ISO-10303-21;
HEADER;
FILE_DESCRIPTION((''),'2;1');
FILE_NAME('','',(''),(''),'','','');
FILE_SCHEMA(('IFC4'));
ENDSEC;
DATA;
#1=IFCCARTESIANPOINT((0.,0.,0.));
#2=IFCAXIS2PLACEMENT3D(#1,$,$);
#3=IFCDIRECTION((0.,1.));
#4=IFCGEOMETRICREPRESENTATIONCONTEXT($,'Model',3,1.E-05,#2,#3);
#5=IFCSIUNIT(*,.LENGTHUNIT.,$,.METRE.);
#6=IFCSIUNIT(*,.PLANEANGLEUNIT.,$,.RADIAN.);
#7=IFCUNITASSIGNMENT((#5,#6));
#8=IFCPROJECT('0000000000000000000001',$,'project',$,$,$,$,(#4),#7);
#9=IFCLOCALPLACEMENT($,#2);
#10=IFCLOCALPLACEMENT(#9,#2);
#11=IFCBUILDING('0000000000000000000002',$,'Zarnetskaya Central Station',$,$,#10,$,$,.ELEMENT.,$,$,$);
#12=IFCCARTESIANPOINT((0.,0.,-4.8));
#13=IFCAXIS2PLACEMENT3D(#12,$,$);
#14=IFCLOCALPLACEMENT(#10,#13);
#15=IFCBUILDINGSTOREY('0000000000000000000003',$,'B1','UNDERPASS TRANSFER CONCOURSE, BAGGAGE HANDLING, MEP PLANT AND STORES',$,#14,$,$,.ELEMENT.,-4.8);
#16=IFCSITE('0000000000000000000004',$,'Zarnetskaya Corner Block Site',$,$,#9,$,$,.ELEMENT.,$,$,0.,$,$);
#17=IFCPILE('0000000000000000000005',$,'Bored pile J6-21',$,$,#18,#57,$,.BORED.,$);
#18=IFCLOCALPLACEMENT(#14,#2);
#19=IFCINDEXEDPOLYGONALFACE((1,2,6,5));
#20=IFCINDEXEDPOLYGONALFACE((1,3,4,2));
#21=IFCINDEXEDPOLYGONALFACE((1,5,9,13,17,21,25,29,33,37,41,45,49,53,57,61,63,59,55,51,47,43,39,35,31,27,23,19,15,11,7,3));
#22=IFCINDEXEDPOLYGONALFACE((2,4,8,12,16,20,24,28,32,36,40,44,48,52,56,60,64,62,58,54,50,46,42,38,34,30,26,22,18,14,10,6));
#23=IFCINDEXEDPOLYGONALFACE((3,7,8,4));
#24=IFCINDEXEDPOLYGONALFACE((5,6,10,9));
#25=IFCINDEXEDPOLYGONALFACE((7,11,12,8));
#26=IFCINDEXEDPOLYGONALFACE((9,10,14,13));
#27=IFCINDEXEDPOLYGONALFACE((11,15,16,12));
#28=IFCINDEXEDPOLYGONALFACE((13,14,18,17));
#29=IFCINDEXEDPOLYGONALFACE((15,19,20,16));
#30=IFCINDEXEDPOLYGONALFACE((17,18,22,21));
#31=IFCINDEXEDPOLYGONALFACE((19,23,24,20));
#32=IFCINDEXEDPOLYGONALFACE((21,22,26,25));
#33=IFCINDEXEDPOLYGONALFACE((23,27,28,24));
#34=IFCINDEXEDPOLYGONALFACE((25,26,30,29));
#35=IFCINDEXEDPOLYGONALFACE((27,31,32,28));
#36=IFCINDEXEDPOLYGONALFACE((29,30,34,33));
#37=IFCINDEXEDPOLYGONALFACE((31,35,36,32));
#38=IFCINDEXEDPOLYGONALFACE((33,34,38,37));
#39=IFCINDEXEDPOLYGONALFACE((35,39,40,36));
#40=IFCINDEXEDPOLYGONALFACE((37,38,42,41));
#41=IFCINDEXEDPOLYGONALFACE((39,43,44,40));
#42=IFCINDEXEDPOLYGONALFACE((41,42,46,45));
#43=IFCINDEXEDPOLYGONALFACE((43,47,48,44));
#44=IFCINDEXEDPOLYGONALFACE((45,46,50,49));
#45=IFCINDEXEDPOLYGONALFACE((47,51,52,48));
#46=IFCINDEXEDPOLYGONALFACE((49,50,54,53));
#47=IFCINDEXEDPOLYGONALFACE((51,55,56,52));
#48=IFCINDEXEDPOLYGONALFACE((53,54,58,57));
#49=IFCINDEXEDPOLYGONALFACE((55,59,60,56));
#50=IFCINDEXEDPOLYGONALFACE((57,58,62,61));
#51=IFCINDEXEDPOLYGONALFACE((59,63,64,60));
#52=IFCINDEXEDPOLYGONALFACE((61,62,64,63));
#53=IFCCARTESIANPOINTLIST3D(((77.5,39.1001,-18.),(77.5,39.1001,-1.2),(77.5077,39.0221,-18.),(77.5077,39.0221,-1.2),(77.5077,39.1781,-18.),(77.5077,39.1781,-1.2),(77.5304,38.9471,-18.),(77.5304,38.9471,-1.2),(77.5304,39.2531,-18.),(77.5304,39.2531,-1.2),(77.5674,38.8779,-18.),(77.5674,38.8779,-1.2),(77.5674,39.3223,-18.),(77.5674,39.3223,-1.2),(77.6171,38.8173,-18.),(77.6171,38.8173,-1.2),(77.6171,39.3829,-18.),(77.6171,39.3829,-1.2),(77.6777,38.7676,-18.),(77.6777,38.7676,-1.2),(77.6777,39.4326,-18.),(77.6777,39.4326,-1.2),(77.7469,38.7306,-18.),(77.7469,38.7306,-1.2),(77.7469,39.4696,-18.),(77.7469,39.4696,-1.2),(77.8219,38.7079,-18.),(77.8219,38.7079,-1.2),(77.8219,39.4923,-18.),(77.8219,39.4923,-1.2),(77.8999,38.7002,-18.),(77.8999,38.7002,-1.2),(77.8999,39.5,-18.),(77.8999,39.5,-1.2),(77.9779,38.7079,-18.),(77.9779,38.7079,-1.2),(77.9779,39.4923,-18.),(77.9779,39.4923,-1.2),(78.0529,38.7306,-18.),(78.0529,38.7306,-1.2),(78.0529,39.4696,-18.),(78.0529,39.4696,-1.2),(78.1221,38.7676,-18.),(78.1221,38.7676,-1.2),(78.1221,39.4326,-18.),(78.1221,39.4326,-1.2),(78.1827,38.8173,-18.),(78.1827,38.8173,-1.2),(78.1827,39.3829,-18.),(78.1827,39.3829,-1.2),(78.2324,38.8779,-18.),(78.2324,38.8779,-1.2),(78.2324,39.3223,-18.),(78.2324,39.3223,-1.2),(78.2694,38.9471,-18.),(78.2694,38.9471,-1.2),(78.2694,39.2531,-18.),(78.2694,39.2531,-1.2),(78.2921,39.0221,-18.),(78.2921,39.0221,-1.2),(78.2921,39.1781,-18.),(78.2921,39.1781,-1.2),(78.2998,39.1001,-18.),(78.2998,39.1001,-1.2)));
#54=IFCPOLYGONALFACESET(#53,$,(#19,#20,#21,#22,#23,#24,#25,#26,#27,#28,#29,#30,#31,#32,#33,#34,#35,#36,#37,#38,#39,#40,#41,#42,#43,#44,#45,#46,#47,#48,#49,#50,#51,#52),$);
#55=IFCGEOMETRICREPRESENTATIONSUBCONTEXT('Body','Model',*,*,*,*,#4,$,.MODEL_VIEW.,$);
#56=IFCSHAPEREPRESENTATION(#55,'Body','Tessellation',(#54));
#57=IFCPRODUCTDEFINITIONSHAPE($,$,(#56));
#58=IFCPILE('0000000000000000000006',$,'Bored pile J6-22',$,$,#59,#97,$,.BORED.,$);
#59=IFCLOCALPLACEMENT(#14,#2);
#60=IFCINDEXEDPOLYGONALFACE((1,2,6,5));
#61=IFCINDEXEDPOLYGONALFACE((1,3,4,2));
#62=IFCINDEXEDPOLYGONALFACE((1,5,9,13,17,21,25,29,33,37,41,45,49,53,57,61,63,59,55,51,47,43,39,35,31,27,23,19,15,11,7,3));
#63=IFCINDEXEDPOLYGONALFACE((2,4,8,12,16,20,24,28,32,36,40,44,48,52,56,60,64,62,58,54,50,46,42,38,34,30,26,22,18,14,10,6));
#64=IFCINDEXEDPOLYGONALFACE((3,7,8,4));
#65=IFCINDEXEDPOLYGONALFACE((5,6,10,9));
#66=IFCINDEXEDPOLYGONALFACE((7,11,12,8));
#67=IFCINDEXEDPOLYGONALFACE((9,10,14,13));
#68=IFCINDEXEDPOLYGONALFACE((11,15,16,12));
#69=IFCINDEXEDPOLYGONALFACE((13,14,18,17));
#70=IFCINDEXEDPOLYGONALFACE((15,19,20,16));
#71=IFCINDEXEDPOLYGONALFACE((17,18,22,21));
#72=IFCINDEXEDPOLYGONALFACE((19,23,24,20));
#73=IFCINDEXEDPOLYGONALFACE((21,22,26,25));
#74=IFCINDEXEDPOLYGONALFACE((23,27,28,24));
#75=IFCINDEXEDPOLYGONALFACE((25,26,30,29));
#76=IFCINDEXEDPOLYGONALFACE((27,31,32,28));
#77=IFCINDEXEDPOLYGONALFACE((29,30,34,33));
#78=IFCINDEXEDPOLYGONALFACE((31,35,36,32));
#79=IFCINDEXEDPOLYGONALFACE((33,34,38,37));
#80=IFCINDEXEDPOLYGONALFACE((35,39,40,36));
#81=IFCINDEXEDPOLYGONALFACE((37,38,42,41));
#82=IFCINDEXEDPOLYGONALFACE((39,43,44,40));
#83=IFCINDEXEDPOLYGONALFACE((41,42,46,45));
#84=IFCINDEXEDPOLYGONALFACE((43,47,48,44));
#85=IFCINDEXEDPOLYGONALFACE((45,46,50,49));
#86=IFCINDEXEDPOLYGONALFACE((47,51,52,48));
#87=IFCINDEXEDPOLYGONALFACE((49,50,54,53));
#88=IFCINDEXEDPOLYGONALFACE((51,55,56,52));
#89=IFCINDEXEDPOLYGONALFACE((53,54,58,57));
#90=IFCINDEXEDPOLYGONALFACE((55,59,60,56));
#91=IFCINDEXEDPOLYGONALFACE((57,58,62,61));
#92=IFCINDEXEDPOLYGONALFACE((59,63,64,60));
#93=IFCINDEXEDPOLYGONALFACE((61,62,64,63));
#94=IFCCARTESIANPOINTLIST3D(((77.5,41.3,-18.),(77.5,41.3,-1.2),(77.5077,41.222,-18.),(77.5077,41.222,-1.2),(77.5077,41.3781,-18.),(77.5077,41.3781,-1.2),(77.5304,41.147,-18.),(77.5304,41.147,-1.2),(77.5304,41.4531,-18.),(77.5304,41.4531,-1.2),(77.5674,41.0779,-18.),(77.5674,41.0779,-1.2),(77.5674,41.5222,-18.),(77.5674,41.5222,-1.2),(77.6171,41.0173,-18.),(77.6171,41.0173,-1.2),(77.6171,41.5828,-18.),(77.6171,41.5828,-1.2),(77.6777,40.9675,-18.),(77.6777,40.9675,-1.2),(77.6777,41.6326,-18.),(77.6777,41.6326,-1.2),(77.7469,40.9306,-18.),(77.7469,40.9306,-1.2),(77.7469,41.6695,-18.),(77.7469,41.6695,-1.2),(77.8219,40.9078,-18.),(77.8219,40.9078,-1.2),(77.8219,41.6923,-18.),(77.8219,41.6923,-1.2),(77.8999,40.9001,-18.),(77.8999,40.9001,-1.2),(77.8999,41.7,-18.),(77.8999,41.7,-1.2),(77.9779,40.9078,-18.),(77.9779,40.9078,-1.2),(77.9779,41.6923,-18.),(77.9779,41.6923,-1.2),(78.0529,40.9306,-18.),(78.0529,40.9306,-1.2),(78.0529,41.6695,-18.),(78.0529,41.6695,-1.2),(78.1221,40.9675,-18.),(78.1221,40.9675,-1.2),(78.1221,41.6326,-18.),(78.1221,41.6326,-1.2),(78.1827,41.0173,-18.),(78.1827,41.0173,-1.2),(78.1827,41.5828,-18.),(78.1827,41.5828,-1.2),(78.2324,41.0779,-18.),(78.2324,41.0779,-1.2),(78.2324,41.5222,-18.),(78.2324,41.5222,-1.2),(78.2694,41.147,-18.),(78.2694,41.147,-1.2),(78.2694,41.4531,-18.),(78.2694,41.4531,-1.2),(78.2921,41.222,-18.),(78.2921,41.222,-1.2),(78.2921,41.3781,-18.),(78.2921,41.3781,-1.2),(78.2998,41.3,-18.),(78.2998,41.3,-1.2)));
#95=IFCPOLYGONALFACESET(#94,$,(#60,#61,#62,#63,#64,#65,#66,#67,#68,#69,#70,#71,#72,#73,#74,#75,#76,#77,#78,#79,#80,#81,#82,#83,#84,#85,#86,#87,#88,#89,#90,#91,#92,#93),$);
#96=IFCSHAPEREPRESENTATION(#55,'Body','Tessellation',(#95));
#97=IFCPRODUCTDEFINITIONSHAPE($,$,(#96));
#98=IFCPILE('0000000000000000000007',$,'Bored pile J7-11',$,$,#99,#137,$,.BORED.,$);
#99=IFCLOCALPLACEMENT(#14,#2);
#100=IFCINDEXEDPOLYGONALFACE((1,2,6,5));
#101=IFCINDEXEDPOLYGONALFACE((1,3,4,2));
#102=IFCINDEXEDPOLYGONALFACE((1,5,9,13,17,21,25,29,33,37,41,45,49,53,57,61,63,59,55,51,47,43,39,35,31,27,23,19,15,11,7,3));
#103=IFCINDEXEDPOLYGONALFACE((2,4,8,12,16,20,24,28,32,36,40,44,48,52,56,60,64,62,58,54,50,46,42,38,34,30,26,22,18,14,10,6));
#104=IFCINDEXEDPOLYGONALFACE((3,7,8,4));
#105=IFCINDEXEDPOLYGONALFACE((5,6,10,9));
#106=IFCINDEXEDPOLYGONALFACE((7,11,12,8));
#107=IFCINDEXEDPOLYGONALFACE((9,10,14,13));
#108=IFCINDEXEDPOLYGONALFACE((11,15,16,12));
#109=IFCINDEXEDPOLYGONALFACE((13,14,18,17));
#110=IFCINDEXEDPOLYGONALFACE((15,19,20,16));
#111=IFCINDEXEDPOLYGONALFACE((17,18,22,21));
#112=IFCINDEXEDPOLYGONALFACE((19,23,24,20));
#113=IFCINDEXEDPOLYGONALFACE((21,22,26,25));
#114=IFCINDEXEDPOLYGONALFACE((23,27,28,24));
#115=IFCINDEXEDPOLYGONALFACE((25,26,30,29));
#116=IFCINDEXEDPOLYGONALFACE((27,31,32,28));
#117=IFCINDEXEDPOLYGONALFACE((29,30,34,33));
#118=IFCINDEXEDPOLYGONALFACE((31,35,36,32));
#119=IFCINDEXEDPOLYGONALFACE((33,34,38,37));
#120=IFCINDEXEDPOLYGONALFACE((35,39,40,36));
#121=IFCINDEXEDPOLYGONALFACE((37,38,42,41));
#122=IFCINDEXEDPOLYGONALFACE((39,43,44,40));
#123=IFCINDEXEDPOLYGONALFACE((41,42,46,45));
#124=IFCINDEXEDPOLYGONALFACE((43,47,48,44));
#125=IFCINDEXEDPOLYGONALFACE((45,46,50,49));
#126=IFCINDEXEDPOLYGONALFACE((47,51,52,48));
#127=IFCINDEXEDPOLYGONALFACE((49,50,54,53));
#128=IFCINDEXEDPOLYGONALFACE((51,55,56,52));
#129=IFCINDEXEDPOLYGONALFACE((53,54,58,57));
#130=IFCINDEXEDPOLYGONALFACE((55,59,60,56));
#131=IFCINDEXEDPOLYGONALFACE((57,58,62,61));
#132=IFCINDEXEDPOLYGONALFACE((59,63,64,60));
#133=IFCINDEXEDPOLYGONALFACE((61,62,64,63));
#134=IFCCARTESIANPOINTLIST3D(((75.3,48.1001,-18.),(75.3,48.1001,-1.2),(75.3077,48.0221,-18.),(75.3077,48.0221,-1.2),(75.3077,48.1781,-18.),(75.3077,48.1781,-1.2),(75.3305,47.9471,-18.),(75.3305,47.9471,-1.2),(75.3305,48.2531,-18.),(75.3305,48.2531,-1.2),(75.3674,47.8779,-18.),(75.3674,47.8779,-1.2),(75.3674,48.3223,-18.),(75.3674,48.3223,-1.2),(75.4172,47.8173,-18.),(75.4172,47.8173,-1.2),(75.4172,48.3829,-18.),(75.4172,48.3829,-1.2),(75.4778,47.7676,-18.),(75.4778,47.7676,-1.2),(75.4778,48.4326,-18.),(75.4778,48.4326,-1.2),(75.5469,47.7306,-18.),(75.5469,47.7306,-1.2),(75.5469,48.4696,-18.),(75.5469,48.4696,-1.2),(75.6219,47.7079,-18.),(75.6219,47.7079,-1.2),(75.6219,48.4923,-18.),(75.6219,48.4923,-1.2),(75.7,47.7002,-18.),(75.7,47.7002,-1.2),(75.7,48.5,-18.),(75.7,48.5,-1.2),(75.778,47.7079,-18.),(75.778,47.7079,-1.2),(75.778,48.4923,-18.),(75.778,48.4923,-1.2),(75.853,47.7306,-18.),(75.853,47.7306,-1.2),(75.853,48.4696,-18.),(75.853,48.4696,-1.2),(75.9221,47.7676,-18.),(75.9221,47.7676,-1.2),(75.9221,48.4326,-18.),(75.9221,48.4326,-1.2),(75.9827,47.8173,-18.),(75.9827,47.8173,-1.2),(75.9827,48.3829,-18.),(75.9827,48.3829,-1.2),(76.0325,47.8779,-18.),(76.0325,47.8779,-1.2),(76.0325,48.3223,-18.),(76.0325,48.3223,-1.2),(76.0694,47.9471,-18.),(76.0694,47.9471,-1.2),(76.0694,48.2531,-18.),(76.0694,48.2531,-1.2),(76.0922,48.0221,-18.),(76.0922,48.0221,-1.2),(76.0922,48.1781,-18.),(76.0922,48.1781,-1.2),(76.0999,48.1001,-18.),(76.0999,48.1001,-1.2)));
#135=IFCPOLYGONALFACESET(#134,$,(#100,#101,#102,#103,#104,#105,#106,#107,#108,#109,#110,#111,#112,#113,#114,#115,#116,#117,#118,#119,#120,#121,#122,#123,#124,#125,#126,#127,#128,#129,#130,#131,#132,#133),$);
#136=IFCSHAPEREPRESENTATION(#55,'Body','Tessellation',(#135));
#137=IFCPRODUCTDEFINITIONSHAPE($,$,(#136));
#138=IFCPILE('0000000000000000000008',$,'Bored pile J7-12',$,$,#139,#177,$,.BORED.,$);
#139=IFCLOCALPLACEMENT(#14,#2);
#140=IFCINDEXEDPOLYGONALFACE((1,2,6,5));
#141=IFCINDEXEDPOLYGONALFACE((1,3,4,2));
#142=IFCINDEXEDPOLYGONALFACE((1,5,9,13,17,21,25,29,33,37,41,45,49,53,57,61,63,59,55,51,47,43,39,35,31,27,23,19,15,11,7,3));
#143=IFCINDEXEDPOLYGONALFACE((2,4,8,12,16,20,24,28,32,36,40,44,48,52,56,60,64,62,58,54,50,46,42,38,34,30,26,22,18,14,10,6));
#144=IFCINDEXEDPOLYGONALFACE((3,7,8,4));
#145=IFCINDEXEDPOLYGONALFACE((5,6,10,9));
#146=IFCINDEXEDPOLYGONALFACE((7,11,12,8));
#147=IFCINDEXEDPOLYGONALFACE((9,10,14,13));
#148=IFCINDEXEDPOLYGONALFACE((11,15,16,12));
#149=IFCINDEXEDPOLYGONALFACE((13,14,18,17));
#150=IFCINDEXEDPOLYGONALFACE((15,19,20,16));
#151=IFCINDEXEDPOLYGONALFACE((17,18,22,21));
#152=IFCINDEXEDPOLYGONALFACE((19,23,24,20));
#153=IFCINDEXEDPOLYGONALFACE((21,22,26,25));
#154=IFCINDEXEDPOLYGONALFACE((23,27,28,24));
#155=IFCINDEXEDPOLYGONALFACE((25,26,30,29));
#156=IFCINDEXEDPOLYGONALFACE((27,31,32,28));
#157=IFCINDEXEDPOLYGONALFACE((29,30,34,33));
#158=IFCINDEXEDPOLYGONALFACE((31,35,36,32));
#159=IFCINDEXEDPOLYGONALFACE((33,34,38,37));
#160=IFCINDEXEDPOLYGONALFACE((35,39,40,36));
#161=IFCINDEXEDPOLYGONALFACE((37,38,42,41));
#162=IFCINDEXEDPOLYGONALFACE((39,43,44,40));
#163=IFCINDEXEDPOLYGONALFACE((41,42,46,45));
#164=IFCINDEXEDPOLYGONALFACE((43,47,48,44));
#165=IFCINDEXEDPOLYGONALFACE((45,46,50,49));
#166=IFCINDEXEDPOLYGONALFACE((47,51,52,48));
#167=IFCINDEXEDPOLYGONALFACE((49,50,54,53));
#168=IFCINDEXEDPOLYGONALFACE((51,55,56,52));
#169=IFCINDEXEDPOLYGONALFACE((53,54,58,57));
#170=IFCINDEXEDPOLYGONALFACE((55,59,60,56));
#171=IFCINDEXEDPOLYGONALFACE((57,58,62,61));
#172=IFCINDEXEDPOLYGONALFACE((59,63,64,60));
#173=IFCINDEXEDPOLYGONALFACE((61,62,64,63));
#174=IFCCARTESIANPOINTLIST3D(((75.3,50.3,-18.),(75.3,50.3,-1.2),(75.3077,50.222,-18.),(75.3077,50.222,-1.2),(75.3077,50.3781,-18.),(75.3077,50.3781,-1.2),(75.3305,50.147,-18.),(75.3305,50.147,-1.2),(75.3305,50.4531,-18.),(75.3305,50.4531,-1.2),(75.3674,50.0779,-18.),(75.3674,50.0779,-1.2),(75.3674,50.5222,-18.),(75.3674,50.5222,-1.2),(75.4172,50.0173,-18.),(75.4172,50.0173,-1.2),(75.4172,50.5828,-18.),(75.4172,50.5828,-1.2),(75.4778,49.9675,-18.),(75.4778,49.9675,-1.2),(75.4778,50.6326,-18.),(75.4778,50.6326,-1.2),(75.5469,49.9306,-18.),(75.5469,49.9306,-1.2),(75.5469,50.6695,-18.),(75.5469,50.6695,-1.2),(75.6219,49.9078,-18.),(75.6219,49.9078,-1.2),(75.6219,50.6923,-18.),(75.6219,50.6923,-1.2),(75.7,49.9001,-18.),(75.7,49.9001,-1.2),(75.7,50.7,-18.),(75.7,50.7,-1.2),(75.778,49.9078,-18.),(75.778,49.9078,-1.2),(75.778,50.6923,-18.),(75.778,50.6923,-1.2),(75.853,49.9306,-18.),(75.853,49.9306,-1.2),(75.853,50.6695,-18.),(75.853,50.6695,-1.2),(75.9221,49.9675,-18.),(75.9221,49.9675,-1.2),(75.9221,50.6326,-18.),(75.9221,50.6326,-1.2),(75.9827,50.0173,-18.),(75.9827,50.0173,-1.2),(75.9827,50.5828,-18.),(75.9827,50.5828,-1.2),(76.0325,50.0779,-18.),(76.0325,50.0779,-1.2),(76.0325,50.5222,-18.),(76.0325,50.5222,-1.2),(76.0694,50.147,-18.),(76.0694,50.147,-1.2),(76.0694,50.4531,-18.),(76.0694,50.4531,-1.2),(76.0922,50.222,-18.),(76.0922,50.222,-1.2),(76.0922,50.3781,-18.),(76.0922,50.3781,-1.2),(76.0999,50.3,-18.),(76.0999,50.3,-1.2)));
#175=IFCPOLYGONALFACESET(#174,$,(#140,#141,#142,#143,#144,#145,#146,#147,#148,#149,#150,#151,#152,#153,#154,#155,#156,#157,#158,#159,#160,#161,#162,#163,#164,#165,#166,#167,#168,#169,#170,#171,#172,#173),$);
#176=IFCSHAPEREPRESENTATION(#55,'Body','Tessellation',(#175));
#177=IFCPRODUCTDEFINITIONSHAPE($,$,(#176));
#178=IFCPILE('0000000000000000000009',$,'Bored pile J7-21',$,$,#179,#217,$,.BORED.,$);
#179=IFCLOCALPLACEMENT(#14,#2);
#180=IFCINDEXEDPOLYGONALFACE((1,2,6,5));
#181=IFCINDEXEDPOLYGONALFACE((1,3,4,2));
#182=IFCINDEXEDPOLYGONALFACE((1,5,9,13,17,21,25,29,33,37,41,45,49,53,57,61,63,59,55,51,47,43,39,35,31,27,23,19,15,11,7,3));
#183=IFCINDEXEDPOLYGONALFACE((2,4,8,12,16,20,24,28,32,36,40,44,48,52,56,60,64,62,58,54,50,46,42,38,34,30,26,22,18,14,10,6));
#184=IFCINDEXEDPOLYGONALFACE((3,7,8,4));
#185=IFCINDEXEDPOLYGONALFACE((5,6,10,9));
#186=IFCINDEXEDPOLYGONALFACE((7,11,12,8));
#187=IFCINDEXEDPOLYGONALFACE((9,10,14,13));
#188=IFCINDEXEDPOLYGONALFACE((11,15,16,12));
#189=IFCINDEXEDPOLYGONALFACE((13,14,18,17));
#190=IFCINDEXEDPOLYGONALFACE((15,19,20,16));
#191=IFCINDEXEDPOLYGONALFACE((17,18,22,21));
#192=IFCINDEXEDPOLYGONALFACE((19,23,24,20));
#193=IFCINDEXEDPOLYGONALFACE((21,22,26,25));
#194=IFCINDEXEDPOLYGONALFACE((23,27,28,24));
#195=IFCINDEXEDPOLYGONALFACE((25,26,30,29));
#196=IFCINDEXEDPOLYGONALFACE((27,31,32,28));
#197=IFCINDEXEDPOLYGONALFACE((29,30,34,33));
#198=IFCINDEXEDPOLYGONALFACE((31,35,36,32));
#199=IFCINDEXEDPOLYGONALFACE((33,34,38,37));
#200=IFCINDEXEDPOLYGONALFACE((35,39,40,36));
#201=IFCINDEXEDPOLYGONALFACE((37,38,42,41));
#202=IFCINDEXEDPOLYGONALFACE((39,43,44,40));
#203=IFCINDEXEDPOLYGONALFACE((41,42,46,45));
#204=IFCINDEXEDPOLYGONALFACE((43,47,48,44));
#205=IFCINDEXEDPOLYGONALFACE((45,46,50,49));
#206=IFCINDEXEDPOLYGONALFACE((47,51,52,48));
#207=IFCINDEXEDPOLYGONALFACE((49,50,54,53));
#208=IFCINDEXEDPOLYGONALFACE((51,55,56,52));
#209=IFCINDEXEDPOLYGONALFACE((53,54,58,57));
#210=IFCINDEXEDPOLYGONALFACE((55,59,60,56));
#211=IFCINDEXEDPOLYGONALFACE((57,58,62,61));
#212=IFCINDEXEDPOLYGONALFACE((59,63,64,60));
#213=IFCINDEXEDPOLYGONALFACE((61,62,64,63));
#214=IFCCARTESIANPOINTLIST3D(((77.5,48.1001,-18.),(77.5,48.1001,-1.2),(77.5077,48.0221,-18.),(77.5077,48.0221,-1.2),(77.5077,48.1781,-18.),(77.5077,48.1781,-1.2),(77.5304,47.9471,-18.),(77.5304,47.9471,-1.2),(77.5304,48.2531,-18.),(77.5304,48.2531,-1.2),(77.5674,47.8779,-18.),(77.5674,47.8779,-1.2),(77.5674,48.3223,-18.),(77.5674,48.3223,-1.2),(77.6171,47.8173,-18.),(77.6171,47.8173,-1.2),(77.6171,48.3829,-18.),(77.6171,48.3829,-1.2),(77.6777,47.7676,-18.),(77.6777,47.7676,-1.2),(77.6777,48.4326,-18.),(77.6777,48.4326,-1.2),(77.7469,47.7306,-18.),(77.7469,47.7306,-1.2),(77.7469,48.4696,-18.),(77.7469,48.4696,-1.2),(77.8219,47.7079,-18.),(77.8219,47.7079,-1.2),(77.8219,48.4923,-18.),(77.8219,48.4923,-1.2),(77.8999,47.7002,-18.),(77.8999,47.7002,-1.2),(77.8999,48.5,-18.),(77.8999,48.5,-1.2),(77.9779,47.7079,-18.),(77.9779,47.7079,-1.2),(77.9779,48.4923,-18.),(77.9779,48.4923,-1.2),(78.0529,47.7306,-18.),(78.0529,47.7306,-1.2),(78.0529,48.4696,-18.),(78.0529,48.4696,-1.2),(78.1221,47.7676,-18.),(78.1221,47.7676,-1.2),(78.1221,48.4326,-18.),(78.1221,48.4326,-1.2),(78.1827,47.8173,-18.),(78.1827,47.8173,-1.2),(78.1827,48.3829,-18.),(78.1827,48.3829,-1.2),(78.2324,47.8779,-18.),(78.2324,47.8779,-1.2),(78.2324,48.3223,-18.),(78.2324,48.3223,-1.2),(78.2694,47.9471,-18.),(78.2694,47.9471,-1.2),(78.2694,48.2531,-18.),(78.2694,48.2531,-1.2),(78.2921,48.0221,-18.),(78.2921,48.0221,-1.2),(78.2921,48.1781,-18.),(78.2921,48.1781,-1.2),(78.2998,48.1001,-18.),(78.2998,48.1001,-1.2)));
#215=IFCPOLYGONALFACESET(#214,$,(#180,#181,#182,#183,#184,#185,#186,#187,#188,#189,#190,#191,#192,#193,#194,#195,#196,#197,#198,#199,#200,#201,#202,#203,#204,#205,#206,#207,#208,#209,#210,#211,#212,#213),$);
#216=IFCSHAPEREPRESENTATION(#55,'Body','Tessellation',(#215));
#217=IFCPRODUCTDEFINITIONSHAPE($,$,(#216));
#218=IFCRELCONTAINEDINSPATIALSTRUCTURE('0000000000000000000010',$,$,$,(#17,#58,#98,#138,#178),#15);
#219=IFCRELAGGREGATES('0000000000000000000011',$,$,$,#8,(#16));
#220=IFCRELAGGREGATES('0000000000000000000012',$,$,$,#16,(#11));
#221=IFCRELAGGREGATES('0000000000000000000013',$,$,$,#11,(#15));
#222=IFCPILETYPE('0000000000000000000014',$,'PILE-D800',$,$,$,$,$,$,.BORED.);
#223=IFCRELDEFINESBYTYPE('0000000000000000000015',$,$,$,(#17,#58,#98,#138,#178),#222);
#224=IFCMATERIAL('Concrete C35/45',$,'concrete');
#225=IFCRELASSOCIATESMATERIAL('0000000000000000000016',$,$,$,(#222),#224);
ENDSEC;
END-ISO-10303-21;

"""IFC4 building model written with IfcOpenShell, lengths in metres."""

from ifc_helpers import new_model, si_unit, direction, frame, origin, origin_2d, place, context, subcontext, project, spatial, circle, extrude, material, material_profile, profile_set, type_object, element, save


model = new_model("IFC4")

# Units and contexts
model_context = context("Model", 3, precision=1e-05, world=origin(), true_north=direction((0.0, 1.0)))
body_context = subcontext(model_context, "Body", "Model", "MODEL_VIEW")
ifc_project = project(units=[si_unit("LENGTHUNIT", "METRE"), si_unit("PLANEANGLEUNIT", "RADIAN")], contexts=[model_context])

# Site, building, storey
site_placement = place(None, origin())
site = spatial("IfcSite", under=ifc_project, at=site_placement, Name="Zarnetskaya Corner Block Site", CompositionType="ELEMENT", RefElevation=0.0)
building_placement = place(site_placement, origin())
building = spatial("IfcBuilding", under=site, at=building_placement, Name="Zarnetskaya Central Station", CompositionType="ELEMENT")
storey_placement = place(building_placement, frame((0.0, 0.0, -4.8)))
storey = spatial("IfcBuildingStorey", under=building, at=storey_placement, Name="B1", Description="UNDERPASS TRANSFER CONCOURSE, BAGGAGE HANDLING, MEP PLANT AND STORES", CompositionType="ELEMENT", Elevation=-4.8)

# Shared definitions
ifc_material = material(Name="Concrete C35/45", Category="concrete")

# Piles
ifc_material_profile_1 = material_profile(ifc_material, circle(Radius=0.3999, at=origin_2d()), Name="BORED PILE D800")
ifc_profile_set_1 = profile_set([ifc_material_profile_1], Name="Concrete C35/45")
pile_type_1 = type_object("IfcPileType", Name="PILE-D800", PredefinedType="BORED", material=ifc_profile_set_1)
for number, where, z_axis, x_axis, name in (
    (1, (77.8999, 39.1001, -1.2), (0.0, 0.0, -1.0), (1.0, 0.0, 0.0), "Bored pile J6-21"),
    (2, (77.8999, 41.3, -1.2), (0.0, 0.0, -1.0), (1.0, 0.0, 0.0), "Bored pile J6-22"),
    (3, (75.7, 48.1001, -1.2), (0.0, 0.0, -1.0), (1.0, 0.0, 0.0), "Bored pile J7-11"),
    (4, (75.7, 50.3, -1.2), (0.0, 0.0, -1.0), (1.0, 0.0, 0.0), "Bored pile J7-12"),
    (5, (77.8999, 48.1001, -1.2), (0.0, 0.0, -1.0), (1.0, 0.0, 0.0), "Bored pile J7-21"),
):
    element("IfcPile", number, at=place(storey_placement, frame(where, z_axis=z_axis, x_axis=x_axis)), inside=storey, type_object=pile_type_1, Name=name, PredefinedType="BORED", context=body_context, shape_type="SweptSolid", body=[
        extrude(circle(Radius=0.3999, at=origin_2d()), origin(), (0.0, 0.0, 1.0), 16.8),
    ])

save(model, "model.ifc")
